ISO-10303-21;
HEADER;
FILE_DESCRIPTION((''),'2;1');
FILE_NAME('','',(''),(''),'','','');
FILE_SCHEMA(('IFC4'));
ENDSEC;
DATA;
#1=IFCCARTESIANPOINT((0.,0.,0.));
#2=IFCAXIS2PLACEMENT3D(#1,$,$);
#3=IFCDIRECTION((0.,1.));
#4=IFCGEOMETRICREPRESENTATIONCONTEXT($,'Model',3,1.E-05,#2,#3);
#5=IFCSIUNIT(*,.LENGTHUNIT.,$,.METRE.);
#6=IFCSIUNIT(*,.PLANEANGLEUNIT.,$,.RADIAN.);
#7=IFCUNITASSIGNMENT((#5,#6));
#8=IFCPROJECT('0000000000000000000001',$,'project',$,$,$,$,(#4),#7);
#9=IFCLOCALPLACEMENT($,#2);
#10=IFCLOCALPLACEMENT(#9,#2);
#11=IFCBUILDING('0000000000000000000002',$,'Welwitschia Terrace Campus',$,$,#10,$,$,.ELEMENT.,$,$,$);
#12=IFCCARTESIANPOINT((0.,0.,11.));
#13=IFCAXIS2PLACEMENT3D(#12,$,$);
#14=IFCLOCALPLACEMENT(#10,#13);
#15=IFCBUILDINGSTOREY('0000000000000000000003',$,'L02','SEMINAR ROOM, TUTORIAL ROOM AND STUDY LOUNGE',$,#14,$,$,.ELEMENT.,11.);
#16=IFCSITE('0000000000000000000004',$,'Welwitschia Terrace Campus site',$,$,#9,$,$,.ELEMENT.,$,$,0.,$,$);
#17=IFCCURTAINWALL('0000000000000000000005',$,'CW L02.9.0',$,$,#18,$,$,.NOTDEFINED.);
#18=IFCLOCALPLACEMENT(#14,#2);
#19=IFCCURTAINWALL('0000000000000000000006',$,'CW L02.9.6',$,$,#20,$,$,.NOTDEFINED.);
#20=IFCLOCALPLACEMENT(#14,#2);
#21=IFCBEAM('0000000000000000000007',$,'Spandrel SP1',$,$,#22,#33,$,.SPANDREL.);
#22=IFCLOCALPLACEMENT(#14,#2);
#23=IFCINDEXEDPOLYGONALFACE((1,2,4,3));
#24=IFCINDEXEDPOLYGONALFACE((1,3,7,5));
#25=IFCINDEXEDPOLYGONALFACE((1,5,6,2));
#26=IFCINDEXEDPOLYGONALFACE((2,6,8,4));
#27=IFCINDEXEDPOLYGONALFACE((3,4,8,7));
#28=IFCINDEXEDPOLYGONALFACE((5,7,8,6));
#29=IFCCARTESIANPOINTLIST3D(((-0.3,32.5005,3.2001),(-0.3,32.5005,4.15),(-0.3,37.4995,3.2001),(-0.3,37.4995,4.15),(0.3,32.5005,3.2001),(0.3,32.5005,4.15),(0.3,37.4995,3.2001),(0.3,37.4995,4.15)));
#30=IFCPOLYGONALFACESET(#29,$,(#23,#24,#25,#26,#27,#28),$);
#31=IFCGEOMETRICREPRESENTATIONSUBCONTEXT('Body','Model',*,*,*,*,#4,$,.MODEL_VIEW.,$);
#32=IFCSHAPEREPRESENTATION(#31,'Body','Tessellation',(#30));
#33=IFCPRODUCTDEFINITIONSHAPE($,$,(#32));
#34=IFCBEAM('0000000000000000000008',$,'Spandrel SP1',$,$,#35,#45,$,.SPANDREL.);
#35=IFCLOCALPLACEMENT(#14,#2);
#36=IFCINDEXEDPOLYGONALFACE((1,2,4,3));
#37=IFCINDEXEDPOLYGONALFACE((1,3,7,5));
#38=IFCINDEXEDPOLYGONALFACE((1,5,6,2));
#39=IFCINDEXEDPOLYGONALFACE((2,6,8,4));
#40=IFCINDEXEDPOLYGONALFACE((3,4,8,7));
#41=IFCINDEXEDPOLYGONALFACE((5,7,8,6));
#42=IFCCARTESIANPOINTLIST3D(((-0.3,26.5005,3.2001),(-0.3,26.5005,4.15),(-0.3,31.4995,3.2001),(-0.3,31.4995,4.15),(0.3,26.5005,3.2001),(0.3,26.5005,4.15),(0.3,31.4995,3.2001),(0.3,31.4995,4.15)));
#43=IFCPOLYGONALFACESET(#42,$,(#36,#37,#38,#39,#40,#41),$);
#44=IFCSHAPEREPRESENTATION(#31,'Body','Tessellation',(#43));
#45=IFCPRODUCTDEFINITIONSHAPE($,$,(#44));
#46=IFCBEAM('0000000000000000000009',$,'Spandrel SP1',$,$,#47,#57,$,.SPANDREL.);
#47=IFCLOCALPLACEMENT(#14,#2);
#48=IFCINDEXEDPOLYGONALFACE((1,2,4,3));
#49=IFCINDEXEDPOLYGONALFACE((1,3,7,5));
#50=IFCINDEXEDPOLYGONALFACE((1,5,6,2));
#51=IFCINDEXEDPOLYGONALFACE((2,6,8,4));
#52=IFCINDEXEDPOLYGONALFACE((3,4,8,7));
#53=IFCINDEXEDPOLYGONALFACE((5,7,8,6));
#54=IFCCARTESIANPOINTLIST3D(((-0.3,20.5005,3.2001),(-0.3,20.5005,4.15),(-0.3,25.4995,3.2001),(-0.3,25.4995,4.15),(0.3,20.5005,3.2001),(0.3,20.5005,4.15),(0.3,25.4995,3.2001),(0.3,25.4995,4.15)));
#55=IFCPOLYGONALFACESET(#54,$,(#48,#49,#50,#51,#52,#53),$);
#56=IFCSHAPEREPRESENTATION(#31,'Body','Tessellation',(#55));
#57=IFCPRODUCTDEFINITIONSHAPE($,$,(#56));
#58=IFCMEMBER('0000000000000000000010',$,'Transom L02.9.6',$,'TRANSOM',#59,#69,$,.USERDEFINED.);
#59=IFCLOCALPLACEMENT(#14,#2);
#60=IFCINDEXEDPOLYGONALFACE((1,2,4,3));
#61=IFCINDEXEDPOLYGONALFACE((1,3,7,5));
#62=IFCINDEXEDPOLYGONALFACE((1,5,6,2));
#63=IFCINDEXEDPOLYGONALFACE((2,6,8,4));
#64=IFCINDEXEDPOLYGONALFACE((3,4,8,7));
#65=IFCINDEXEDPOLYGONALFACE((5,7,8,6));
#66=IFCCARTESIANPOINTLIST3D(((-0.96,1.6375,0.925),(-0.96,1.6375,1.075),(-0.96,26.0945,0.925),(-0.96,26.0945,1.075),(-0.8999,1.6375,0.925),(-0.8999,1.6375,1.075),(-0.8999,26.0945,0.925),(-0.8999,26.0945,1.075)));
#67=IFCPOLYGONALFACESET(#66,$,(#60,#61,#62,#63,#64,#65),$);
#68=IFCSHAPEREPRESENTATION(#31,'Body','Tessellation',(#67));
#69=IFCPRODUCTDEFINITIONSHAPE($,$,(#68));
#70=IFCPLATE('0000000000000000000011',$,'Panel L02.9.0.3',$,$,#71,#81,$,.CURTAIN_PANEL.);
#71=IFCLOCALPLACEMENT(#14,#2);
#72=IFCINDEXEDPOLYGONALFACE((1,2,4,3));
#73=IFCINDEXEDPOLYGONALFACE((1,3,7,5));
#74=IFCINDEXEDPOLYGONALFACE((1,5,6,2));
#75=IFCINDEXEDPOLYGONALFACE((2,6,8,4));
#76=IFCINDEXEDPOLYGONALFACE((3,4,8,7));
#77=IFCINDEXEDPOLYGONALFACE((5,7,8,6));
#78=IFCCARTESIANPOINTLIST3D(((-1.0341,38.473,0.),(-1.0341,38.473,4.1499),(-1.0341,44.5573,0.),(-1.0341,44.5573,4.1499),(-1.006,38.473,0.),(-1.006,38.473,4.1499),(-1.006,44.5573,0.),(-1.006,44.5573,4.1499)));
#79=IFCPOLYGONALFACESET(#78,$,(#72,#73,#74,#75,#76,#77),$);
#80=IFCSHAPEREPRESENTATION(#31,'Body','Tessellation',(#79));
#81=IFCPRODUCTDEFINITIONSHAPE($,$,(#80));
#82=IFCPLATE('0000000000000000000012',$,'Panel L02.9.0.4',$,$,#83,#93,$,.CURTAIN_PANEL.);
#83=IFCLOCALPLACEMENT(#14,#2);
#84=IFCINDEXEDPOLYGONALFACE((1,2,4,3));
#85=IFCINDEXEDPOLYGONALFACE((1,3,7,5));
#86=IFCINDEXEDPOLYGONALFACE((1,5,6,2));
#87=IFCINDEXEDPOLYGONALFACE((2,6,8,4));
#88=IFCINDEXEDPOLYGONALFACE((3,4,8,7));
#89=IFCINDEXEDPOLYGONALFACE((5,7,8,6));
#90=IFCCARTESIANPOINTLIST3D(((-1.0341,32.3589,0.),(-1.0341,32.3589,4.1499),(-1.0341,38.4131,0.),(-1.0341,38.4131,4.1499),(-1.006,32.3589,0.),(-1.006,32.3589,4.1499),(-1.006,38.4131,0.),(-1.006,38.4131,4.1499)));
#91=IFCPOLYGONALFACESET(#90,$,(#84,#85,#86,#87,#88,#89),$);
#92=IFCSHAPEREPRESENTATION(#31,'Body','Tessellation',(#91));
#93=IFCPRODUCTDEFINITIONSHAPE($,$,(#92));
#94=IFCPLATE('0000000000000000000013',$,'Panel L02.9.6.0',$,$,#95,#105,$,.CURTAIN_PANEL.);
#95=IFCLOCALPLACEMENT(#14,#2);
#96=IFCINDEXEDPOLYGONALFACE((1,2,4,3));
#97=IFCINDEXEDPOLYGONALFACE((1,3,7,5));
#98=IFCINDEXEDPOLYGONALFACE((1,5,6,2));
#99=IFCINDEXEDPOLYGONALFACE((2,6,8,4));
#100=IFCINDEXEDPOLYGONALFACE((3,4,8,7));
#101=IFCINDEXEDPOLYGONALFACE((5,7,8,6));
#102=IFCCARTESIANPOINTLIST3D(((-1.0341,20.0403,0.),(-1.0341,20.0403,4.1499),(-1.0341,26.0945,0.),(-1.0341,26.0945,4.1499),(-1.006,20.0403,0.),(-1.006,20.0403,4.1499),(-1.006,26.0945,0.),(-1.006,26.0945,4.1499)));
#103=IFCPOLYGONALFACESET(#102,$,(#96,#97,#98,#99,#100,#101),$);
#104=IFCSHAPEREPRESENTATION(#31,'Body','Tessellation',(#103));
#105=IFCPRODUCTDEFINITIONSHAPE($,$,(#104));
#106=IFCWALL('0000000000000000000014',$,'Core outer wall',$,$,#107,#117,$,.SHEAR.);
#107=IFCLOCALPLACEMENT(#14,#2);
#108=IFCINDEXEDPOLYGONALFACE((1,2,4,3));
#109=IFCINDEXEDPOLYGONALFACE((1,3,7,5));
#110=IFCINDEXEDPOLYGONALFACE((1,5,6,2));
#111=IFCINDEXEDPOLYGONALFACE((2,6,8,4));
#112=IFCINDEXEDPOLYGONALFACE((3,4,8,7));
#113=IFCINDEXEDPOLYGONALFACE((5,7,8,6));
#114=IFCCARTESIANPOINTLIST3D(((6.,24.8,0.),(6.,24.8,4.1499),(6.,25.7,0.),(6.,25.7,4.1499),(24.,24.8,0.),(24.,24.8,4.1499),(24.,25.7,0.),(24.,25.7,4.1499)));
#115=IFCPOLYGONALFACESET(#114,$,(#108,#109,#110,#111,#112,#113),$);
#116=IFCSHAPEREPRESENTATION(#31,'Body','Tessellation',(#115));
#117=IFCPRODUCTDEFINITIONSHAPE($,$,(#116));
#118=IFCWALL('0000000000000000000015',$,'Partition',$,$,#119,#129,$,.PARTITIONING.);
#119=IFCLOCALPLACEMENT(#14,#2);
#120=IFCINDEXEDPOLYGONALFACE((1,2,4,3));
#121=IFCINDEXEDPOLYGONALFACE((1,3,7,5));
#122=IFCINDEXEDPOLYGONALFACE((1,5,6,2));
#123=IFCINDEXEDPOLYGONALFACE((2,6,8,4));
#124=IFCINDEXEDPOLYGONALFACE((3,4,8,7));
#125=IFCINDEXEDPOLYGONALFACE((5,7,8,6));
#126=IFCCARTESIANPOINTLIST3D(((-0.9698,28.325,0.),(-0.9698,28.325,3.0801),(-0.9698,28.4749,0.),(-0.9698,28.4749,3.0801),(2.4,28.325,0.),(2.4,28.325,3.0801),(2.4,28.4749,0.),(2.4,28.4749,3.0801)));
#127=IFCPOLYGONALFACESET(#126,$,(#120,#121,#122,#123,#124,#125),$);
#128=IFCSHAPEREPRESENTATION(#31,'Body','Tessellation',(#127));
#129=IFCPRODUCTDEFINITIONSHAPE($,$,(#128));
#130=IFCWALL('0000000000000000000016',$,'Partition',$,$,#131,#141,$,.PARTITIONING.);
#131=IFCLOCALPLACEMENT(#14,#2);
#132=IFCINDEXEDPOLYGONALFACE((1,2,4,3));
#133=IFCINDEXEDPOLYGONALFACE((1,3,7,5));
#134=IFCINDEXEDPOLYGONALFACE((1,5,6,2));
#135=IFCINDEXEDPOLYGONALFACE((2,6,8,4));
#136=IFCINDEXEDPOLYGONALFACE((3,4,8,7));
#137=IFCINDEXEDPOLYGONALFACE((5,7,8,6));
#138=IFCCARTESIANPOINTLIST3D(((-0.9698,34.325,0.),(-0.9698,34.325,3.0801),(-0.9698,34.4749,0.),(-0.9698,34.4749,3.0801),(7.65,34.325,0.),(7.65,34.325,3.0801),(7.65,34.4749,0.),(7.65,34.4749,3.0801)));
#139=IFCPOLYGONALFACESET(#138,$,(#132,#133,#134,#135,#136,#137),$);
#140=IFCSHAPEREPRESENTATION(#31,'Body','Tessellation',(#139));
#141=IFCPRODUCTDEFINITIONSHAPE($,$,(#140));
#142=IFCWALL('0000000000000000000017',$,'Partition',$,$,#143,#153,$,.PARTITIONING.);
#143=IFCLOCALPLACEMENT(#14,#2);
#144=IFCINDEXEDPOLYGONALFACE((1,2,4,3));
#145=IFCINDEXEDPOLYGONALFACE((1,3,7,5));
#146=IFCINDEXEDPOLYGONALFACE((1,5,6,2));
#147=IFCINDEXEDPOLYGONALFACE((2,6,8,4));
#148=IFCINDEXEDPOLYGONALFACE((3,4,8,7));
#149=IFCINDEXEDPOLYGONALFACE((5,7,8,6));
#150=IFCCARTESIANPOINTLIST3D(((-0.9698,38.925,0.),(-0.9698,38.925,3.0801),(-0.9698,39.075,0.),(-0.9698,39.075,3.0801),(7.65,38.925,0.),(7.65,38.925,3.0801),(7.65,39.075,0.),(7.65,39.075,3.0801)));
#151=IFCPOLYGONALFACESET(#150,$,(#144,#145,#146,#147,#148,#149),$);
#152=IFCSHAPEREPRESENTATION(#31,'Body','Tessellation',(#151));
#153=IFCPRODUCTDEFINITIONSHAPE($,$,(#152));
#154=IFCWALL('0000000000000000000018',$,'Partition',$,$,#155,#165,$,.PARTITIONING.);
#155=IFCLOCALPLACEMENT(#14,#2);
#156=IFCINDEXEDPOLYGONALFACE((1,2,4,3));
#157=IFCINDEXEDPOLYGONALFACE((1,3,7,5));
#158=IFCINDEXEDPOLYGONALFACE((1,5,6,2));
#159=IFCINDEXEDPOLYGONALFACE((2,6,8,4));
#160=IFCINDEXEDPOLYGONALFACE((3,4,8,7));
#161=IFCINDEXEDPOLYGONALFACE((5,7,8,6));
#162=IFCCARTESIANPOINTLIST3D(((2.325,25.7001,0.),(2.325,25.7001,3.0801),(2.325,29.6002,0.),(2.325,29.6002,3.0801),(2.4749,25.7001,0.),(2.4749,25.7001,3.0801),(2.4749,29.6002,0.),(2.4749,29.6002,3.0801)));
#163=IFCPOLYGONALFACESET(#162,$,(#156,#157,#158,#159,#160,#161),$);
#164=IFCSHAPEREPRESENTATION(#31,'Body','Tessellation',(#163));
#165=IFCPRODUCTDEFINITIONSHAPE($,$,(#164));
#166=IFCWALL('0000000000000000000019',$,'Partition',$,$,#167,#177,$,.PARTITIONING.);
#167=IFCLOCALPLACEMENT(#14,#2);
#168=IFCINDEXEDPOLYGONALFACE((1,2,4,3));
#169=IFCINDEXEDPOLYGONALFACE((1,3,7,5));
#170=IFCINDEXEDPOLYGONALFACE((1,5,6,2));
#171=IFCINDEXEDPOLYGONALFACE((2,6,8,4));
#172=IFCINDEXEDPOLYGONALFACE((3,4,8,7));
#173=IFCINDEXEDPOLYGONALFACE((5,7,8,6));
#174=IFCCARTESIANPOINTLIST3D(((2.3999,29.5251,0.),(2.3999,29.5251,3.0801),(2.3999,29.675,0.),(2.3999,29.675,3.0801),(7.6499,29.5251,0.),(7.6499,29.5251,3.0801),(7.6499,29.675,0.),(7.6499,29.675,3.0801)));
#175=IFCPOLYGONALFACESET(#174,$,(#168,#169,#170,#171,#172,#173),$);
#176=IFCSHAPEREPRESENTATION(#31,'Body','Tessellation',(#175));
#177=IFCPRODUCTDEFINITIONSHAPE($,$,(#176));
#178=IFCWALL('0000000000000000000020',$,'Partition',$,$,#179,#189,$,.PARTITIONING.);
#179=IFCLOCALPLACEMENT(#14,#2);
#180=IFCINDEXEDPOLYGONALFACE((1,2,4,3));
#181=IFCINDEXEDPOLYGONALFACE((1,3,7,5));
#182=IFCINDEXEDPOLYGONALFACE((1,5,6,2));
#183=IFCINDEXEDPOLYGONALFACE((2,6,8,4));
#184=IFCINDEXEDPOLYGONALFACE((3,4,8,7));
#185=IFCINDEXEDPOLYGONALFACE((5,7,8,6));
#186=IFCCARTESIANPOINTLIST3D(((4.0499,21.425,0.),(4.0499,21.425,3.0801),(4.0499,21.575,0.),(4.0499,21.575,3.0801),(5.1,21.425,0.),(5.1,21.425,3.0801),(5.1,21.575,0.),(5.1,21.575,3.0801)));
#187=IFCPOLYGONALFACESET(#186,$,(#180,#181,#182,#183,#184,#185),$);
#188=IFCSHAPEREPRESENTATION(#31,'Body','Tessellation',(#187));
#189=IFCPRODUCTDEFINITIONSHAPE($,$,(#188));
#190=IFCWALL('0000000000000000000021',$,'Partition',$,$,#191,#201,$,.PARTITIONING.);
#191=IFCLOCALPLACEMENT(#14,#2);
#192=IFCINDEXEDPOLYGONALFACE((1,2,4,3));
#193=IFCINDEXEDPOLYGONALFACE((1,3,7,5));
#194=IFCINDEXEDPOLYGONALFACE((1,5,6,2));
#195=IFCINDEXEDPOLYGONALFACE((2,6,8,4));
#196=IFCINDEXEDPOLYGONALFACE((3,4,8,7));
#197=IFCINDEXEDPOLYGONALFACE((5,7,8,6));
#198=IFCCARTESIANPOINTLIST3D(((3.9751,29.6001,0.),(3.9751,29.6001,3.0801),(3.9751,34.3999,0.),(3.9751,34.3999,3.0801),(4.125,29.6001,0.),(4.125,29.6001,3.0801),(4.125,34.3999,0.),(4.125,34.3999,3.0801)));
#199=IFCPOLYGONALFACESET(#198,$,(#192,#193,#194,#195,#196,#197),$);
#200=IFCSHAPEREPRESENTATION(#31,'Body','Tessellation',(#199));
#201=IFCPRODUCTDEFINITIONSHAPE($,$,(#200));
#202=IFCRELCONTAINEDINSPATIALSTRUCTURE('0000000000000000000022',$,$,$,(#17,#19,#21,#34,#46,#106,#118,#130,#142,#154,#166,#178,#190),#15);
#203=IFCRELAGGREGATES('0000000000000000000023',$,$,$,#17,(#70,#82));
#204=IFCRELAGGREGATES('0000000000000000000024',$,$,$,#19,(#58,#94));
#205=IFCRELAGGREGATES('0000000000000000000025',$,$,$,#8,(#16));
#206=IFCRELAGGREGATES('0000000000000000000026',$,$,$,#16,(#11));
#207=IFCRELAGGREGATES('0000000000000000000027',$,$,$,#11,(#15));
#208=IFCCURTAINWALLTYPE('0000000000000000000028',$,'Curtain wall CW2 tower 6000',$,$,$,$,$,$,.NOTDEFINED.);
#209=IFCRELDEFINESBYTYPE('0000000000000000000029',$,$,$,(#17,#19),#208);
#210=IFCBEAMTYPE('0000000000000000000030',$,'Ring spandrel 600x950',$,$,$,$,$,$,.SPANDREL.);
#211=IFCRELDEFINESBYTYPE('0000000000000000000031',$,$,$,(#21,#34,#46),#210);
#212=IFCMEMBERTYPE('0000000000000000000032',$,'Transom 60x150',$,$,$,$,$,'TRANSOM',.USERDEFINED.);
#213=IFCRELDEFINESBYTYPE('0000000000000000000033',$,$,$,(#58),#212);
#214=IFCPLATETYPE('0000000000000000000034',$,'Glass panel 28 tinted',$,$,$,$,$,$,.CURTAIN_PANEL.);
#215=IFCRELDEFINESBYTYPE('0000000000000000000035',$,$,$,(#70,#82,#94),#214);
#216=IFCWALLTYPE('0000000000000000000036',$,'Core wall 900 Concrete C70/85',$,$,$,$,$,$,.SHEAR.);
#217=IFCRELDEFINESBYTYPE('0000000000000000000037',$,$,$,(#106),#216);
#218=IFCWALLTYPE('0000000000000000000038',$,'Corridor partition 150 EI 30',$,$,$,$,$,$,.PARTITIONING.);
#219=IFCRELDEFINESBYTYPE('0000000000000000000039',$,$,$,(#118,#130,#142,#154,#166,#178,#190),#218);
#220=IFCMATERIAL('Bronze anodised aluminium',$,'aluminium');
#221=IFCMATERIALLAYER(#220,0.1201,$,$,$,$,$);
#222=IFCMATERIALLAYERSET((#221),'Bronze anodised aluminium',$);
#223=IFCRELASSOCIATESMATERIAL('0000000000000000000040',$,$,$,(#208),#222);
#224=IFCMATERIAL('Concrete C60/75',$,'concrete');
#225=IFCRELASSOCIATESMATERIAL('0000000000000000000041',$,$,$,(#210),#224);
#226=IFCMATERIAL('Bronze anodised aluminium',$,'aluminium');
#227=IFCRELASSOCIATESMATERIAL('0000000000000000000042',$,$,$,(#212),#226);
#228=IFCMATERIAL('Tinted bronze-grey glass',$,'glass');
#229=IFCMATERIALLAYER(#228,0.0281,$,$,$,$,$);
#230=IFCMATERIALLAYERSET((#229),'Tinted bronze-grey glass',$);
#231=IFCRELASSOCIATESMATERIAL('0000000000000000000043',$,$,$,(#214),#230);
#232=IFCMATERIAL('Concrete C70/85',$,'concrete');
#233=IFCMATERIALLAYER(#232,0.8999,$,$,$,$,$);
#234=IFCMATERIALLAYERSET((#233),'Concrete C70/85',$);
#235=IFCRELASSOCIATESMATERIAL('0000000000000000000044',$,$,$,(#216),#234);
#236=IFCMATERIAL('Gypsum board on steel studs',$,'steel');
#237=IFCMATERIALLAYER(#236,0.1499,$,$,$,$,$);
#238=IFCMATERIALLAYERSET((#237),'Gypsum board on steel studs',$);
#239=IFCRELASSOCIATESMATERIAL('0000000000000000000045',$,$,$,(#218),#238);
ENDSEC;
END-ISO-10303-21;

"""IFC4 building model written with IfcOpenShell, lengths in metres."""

from ifc_helpers import new_model, si_unit, direction, frame, frame_2d, origin, origin_2d, place, context, subcontext, project, spatial, rectangle, extrude, material, layer, layer_set, material_profile, profile_set, type_object, element, aggregate, save


model = new_model("IFC4")

# Units and contexts
model_context = context("Model", 3, precision=1e-05, world=origin(), true_north=direction((0.0, 1.0)))
body_context = subcontext(model_context, "Body", "Model", "MODEL_VIEW")
ifc_project = project(units=[si_unit("LENGTHUNIT", "METRE"), si_unit("PLANEANGLEUNIT", "RADIAN")], contexts=[model_context])

# Site, building, storey
site_placement = place(None, origin())
site = spatial("IfcSite", under=ifc_project, at=site_placement, Name="Welwitschia Terrace Campus site", CompositionType="ELEMENT", RefElevation=0.0)
building_placement = place(site_placement, origin())
building = spatial("IfcBuilding", under=site, at=building_placement, Name="Welwitschia Terrace Campus", CompositionType="ELEMENT")
storey_placement = place(building_placement, frame((0.0, 0.0, 11.0)))
storey = spatial("IfcBuildingStorey", under=building, at=storey_placement, Name="L02", Description="SEMINAR ROOM, TUTORIAL ROOM AND STUDY LOUNGE", CompositionType="ELEMENT", Elevation=11.0)

# Curtain walls
ifc_material_1 = material(Name="Bronze anodised aluminium", Category="aluminium")
ifc_layer_1 = layer(ifc_material_1, 0.1201)
ifc_layer_set_1 = layer_set([ifc_layer_1], Name="Bronze anodised aluminium")
curtain_wall_type = type_object("IfcCurtainWallType", Name="Curtain wall CW2 tower 6000", PredefinedType="NOTDEFINED", material=ifc_layer_set_1)
curtain_wall_1_placement = place(storey_placement, origin())
curtain_wall_1 = element("IfcCurtainWall", 1, at=curtain_wall_1_placement, inside=storey, type_object=curtain_wall_type, Name="CW L02.9.0", PredefinedType="NOTDEFINED")
curtain_wall_2_placement = place(storey_placement, origin())
curtain_wall_2 = element("IfcCurtainWall", 2, at=curtain_wall_2_placement, inside=storey, type_object=curtain_wall_type, Name="CW L02.9.6", PredefinedType="NOTDEFINED")

# Beams
ifc_material_2 = material(Name="Concrete C60/75", Category="concrete")
ifc_material_profile_1 = material_profile(ifc_material_2, rectangle(XDim=0.6001, YDim=0.95, at=origin_2d()))
ifc_profile_set_1 = profile_set([ifc_material_profile_1], Name="Concrete C60/75")
beam_type_1 = type_object("IfcBeamType", Name="Ring spandrel 600x950", PredefinedType="SPANDREL", material=ifc_profile_set_1)
for number, where, z_axis, x_axis, name in (
    (3, (0.0, 37.4995, 3.675), (0.0, -1.0, 0.0), (1.0, 0.0, 0.0), "Spandrel SP1"),
    (4, (0.0, 31.4995, 3.675), (0.0, -1.0, 0.0), (1.0, 0.0, 0.0), "Spandrel SP1"),
    (5, (0.0, 25.4995, 3.675), (0.0, -1.0, 0.0), (1.0, 0.0, 0.0), "Spandrel SP1"),
):
    element("IfcBeam", number, at=place(storey_placement, frame(where, z_axis=z_axis, x_axis=x_axis)), inside=storey, type_object=beam_type_1, Name=name, PredefinedType="SPANDREL", context=body_context, shape_type="SweptSolid", body=[
        extrude(rectangle(XDim=0.6001, YDim=0.95, at=origin_2d()), origin(), (0.0, 0.0, 1.0), 4.999),
    ])

# Member
ifc_material_3 = material(Name="Bronze anodised aluminium", Category="aluminium")
ifc_material_profile_2 = material_profile(ifc_material_3, rectangle(XDim=0.0601, YDim=0.1499, at=origin_2d()))
ifc_profile_set_2 = profile_set([ifc_material_profile_2], Name="Bronze anodised aluminium")
member_type_1 = type_object("IfcMemberType", Name="Transom 60x150", ElementType="TRANSOM", PredefinedType="USERDEFINED", material=ifc_profile_set_2)
member_1_placement = place(storey_placement, frame((-0.9299, 26.0945, 1.0), z_axis=(0.0, -1.0, 0.0), x_axis=(1.0, 0.0, 0.0)))
member_1 = element("IfcMember", 6, at=member_1_placement, type_object=member_type_1, Name="Transom L02.9.6", ObjectType="TRANSOM", PredefinedType="USERDEFINED", context=body_context, shape_type="SweptSolid", body=[
    extrude(rectangle(XDim=0.0601, YDim=0.1499, at=origin_2d()), origin(), (0.0, 0.0, 1.0), 24.457),
])

# Plates
ifc_material_4 = material(Name="Tinted bronze-grey glass", Category="glass")
ifc_layer_2 = layer(ifc_material_4, 0.0281)
ifc_layer_set_2 = layer_set([ifc_layer_2], Name="Tinted bronze-grey glass")
plate_type = type_object("IfcPlateType", Name="Glass panel 28 tinted", PredefinedType="CURTAIN_PANEL", material=ifc_layer_set_2)
plate_1_placement = place(storey_placement, frame((-1.02, 41.5151, 0.0), z_axis=(0.0, 0.0, 1.0), x_axis=(0.0, -1.0, 0.0)))
plate_1 = element("IfcPlate", 7, at=plate_1_placement, type_object=plate_type, Name="Panel L02.9.0.3", PredefinedType="CURTAIN_PANEL", context=body_context, shape_type="SweptSolid", body=[
    extrude(rectangle(XDim=6.0842, YDim=0.0281, at=origin_2d()), origin(), (0.0, 0.0, 1.0), 4.1499),
])
plate_2_placement = place(storey_placement, frame((-1.02, 35.386, 0.0), z_axis=(0.0, 0.0, 1.0), x_axis=(0.0, -1.0, 0.0)))
plate_2 = element("IfcPlate", 8, at=plate_2_placement, type_object=plate_type, Name="Panel L02.9.0.4", PredefinedType="CURTAIN_PANEL", context=body_context, shape_type="SweptSolid", body=[
    extrude(rectangle(XDim=6.0542, YDim=0.0281, at=origin_2d()), origin(), (0.0, 0.0, 1.0), 4.1499),
])
aggregate(curtain_wall_1, [plate_1, plate_2])
plate_3_placement = place(storey_placement, frame((-1.02, 23.0674, 0.0), z_axis=(0.0, 0.0, 1.0), x_axis=(0.0, -1.0, 0.0)))
plate_3 = element("IfcPlate", 9, at=plate_3_placement, type_object=plate_type, Name="Panel L02.9.6.0", PredefinedType="CURTAIN_PANEL", context=body_context, shape_type="SweptSolid", body=[
    extrude(rectangle(XDim=6.0542, YDim=0.0281, at=origin_2d()), origin(), (0.0, 0.0, 1.0), 4.1499),
])
aggregate(curtain_wall_2, [member_1, plate_3])

# Walls
ifc_material_5 = material(Name="Concrete C70/85", Category="concrete")
ifc_layer_3 = layer(ifc_material_5, 0.8999)
ifc_layer_set_3 = layer_set([ifc_layer_3], Name="Concrete C70/85")
wall_type_1 = type_object("IfcWallType", Name="Core wall 900 Concrete C70/85", PredefinedType="SHEAR", material=ifc_layer_set_3)
wall_1_placement = place(storey_placement, frame((6.0, 25.25, 0.0), z_axis=(0.0, 0.0, 1.0), x_axis=(1.0, 0.0, 0.0)))
element("IfcWall", 10, at=wall_1_placement, inside=storey, type_object=wall_type_1, Name="Core outer wall", PredefinedType="SHEAR", context=body_context, shape_type="SweptSolid", body=[
    extrude(rectangle(XDim=18.0, YDim=0.8999, at=frame_2d((9.0, 0.0))), origin(), (0.0, 0.0, 1.0), 4.1499),
])
ifc_material_6 = material(Name="Gypsum board on steel studs", Category="steel")
ifc_layer_4 = layer(ifc_material_6, 0.1499)
ifc_layer_set_4 = layer_set([ifc_layer_4], Name="Gypsum board on steel studs")
wall_type_2 = type_object("IfcWallType", Name="Corridor partition 150 EI 30", PredefinedType="PARTITIONING", material=ifc_layer_set_4)
wall_2_placement = place(storey_placement, frame((-0.97, 28.3999, 0.0), z_axis=(0.0, 0.0, 1.0), x_axis=(1.0, 0.0, 0.0)))
element("IfcWall", 11, at=wall_2_placement, inside=storey, type_object=wall_type_2, Name="Partition", PredefinedType="PARTITIONING", context=body_context, shape_type="SweptSolid", body=[
    extrude(rectangle(XDim=3.3699, YDim=0.1499, at=frame_2d((1.6851, 0.0))), origin(), (0.0, 0.0, 1.0), 3.0801),
])
for number, where, z_axis, x_axis, name in (
    (12, (-0.97, 34.3999, 0.0), (0.0, 0.0, 1.0), (1.0, 0.0, 0.0), "Partition"),
    (13, (-0.97, 39.0, 0.0), (0.0, 0.0, 1.0), (1.0, 0.0, 0.0), "Partition"),
):
    element("IfcWall", number, at=place(storey_placement, frame(where, z_axis=z_axis, x_axis=x_axis)), inside=storey, type_object=wall_type_2, Name=name, PredefinedType="PARTITIONING", context=body_context, shape_type="SweptSolid", body=[
        extrude(rectangle(XDim=8.6199, YDim=0.1499, at=frame_2d((4.3101, 0.0))), origin(), (0.0, 0.0, 1.0), 3.0801),
    ])
wall_3_placement = place(storey_placement, frame((2.3999, 25.7, 0.0), z_axis=(0.0, 0.0, 1.0), x_axis=(0.0, 1.0, 0.0)))
element("IfcWall", 14, at=wall_3_placement, inside=storey, type_object=wall_type_2, Name="Partition", PredefinedType="PARTITIONING", context=body_context, shape_type="SweptSolid", body=[
    extrude(rectangle(XDim=3.9001, YDim=0.1499, at=frame_2d((1.9502, 0.0))), origin(), (0.0, 0.0, 1.0), 3.0801),
])
wall_4_placement = place(storey_placement, frame((2.3999, 29.6001, 0.0), z_axis=(0.0, 0.0, 1.0), x_axis=(1.0, 0.0, 0.0)))
element("IfcWall", 15, at=wall_4_placement, inside=storey, type_object=wall_type_2, Name="Partition", PredefinedType="PARTITIONING", context=body_context, shape_type="SweptSolid", body=[
    extrude(rectangle(XDim=5.25, YDim=0.1499, at=frame_2d((2.625, 0.0))), origin(), (0.0, 0.0, 1.0), 3.0801),
])
wall_5_placement = place(storey_placement, frame((4.05, 21.5, 0.0), z_axis=(0.0, 0.0, 1.0), x_axis=(1.0, 0.0, 0.0)))
element("IfcWall", 16, at=wall_5_placement, inside=storey, type_object=wall_type_2, Name="Partition", PredefinedType="PARTITIONING", context=body_context, shape_type="SweptSolid", body=[
    extrude(rectangle(XDim=1.05, YDim=0.1499, at=frame_2d((0.5249, 0.0))), origin(), (0.0, 0.0, 1.0), 3.0801),
])
wall_6_placement = place(storey_placement, frame((4.05, 29.6001, 0.0), z_axis=(0.0, 0.0, 1.0), x_axis=(0.0, 1.0, 0.0)))
element("IfcWall", 17, at=wall_6_placement, inside=storey, type_object=wall_type_2, Name="Partition", PredefinedType="PARTITIONING", context=body_context, shape_type="SweptSolid", body=[
    extrude(rectangle(XDim=4.7998, YDim=0.1499, at=frame_2d((2.3999, 0.0))), origin(), (0.0, 0.0, 1.0), 3.0801),
])

save(model, "model.ifc")
